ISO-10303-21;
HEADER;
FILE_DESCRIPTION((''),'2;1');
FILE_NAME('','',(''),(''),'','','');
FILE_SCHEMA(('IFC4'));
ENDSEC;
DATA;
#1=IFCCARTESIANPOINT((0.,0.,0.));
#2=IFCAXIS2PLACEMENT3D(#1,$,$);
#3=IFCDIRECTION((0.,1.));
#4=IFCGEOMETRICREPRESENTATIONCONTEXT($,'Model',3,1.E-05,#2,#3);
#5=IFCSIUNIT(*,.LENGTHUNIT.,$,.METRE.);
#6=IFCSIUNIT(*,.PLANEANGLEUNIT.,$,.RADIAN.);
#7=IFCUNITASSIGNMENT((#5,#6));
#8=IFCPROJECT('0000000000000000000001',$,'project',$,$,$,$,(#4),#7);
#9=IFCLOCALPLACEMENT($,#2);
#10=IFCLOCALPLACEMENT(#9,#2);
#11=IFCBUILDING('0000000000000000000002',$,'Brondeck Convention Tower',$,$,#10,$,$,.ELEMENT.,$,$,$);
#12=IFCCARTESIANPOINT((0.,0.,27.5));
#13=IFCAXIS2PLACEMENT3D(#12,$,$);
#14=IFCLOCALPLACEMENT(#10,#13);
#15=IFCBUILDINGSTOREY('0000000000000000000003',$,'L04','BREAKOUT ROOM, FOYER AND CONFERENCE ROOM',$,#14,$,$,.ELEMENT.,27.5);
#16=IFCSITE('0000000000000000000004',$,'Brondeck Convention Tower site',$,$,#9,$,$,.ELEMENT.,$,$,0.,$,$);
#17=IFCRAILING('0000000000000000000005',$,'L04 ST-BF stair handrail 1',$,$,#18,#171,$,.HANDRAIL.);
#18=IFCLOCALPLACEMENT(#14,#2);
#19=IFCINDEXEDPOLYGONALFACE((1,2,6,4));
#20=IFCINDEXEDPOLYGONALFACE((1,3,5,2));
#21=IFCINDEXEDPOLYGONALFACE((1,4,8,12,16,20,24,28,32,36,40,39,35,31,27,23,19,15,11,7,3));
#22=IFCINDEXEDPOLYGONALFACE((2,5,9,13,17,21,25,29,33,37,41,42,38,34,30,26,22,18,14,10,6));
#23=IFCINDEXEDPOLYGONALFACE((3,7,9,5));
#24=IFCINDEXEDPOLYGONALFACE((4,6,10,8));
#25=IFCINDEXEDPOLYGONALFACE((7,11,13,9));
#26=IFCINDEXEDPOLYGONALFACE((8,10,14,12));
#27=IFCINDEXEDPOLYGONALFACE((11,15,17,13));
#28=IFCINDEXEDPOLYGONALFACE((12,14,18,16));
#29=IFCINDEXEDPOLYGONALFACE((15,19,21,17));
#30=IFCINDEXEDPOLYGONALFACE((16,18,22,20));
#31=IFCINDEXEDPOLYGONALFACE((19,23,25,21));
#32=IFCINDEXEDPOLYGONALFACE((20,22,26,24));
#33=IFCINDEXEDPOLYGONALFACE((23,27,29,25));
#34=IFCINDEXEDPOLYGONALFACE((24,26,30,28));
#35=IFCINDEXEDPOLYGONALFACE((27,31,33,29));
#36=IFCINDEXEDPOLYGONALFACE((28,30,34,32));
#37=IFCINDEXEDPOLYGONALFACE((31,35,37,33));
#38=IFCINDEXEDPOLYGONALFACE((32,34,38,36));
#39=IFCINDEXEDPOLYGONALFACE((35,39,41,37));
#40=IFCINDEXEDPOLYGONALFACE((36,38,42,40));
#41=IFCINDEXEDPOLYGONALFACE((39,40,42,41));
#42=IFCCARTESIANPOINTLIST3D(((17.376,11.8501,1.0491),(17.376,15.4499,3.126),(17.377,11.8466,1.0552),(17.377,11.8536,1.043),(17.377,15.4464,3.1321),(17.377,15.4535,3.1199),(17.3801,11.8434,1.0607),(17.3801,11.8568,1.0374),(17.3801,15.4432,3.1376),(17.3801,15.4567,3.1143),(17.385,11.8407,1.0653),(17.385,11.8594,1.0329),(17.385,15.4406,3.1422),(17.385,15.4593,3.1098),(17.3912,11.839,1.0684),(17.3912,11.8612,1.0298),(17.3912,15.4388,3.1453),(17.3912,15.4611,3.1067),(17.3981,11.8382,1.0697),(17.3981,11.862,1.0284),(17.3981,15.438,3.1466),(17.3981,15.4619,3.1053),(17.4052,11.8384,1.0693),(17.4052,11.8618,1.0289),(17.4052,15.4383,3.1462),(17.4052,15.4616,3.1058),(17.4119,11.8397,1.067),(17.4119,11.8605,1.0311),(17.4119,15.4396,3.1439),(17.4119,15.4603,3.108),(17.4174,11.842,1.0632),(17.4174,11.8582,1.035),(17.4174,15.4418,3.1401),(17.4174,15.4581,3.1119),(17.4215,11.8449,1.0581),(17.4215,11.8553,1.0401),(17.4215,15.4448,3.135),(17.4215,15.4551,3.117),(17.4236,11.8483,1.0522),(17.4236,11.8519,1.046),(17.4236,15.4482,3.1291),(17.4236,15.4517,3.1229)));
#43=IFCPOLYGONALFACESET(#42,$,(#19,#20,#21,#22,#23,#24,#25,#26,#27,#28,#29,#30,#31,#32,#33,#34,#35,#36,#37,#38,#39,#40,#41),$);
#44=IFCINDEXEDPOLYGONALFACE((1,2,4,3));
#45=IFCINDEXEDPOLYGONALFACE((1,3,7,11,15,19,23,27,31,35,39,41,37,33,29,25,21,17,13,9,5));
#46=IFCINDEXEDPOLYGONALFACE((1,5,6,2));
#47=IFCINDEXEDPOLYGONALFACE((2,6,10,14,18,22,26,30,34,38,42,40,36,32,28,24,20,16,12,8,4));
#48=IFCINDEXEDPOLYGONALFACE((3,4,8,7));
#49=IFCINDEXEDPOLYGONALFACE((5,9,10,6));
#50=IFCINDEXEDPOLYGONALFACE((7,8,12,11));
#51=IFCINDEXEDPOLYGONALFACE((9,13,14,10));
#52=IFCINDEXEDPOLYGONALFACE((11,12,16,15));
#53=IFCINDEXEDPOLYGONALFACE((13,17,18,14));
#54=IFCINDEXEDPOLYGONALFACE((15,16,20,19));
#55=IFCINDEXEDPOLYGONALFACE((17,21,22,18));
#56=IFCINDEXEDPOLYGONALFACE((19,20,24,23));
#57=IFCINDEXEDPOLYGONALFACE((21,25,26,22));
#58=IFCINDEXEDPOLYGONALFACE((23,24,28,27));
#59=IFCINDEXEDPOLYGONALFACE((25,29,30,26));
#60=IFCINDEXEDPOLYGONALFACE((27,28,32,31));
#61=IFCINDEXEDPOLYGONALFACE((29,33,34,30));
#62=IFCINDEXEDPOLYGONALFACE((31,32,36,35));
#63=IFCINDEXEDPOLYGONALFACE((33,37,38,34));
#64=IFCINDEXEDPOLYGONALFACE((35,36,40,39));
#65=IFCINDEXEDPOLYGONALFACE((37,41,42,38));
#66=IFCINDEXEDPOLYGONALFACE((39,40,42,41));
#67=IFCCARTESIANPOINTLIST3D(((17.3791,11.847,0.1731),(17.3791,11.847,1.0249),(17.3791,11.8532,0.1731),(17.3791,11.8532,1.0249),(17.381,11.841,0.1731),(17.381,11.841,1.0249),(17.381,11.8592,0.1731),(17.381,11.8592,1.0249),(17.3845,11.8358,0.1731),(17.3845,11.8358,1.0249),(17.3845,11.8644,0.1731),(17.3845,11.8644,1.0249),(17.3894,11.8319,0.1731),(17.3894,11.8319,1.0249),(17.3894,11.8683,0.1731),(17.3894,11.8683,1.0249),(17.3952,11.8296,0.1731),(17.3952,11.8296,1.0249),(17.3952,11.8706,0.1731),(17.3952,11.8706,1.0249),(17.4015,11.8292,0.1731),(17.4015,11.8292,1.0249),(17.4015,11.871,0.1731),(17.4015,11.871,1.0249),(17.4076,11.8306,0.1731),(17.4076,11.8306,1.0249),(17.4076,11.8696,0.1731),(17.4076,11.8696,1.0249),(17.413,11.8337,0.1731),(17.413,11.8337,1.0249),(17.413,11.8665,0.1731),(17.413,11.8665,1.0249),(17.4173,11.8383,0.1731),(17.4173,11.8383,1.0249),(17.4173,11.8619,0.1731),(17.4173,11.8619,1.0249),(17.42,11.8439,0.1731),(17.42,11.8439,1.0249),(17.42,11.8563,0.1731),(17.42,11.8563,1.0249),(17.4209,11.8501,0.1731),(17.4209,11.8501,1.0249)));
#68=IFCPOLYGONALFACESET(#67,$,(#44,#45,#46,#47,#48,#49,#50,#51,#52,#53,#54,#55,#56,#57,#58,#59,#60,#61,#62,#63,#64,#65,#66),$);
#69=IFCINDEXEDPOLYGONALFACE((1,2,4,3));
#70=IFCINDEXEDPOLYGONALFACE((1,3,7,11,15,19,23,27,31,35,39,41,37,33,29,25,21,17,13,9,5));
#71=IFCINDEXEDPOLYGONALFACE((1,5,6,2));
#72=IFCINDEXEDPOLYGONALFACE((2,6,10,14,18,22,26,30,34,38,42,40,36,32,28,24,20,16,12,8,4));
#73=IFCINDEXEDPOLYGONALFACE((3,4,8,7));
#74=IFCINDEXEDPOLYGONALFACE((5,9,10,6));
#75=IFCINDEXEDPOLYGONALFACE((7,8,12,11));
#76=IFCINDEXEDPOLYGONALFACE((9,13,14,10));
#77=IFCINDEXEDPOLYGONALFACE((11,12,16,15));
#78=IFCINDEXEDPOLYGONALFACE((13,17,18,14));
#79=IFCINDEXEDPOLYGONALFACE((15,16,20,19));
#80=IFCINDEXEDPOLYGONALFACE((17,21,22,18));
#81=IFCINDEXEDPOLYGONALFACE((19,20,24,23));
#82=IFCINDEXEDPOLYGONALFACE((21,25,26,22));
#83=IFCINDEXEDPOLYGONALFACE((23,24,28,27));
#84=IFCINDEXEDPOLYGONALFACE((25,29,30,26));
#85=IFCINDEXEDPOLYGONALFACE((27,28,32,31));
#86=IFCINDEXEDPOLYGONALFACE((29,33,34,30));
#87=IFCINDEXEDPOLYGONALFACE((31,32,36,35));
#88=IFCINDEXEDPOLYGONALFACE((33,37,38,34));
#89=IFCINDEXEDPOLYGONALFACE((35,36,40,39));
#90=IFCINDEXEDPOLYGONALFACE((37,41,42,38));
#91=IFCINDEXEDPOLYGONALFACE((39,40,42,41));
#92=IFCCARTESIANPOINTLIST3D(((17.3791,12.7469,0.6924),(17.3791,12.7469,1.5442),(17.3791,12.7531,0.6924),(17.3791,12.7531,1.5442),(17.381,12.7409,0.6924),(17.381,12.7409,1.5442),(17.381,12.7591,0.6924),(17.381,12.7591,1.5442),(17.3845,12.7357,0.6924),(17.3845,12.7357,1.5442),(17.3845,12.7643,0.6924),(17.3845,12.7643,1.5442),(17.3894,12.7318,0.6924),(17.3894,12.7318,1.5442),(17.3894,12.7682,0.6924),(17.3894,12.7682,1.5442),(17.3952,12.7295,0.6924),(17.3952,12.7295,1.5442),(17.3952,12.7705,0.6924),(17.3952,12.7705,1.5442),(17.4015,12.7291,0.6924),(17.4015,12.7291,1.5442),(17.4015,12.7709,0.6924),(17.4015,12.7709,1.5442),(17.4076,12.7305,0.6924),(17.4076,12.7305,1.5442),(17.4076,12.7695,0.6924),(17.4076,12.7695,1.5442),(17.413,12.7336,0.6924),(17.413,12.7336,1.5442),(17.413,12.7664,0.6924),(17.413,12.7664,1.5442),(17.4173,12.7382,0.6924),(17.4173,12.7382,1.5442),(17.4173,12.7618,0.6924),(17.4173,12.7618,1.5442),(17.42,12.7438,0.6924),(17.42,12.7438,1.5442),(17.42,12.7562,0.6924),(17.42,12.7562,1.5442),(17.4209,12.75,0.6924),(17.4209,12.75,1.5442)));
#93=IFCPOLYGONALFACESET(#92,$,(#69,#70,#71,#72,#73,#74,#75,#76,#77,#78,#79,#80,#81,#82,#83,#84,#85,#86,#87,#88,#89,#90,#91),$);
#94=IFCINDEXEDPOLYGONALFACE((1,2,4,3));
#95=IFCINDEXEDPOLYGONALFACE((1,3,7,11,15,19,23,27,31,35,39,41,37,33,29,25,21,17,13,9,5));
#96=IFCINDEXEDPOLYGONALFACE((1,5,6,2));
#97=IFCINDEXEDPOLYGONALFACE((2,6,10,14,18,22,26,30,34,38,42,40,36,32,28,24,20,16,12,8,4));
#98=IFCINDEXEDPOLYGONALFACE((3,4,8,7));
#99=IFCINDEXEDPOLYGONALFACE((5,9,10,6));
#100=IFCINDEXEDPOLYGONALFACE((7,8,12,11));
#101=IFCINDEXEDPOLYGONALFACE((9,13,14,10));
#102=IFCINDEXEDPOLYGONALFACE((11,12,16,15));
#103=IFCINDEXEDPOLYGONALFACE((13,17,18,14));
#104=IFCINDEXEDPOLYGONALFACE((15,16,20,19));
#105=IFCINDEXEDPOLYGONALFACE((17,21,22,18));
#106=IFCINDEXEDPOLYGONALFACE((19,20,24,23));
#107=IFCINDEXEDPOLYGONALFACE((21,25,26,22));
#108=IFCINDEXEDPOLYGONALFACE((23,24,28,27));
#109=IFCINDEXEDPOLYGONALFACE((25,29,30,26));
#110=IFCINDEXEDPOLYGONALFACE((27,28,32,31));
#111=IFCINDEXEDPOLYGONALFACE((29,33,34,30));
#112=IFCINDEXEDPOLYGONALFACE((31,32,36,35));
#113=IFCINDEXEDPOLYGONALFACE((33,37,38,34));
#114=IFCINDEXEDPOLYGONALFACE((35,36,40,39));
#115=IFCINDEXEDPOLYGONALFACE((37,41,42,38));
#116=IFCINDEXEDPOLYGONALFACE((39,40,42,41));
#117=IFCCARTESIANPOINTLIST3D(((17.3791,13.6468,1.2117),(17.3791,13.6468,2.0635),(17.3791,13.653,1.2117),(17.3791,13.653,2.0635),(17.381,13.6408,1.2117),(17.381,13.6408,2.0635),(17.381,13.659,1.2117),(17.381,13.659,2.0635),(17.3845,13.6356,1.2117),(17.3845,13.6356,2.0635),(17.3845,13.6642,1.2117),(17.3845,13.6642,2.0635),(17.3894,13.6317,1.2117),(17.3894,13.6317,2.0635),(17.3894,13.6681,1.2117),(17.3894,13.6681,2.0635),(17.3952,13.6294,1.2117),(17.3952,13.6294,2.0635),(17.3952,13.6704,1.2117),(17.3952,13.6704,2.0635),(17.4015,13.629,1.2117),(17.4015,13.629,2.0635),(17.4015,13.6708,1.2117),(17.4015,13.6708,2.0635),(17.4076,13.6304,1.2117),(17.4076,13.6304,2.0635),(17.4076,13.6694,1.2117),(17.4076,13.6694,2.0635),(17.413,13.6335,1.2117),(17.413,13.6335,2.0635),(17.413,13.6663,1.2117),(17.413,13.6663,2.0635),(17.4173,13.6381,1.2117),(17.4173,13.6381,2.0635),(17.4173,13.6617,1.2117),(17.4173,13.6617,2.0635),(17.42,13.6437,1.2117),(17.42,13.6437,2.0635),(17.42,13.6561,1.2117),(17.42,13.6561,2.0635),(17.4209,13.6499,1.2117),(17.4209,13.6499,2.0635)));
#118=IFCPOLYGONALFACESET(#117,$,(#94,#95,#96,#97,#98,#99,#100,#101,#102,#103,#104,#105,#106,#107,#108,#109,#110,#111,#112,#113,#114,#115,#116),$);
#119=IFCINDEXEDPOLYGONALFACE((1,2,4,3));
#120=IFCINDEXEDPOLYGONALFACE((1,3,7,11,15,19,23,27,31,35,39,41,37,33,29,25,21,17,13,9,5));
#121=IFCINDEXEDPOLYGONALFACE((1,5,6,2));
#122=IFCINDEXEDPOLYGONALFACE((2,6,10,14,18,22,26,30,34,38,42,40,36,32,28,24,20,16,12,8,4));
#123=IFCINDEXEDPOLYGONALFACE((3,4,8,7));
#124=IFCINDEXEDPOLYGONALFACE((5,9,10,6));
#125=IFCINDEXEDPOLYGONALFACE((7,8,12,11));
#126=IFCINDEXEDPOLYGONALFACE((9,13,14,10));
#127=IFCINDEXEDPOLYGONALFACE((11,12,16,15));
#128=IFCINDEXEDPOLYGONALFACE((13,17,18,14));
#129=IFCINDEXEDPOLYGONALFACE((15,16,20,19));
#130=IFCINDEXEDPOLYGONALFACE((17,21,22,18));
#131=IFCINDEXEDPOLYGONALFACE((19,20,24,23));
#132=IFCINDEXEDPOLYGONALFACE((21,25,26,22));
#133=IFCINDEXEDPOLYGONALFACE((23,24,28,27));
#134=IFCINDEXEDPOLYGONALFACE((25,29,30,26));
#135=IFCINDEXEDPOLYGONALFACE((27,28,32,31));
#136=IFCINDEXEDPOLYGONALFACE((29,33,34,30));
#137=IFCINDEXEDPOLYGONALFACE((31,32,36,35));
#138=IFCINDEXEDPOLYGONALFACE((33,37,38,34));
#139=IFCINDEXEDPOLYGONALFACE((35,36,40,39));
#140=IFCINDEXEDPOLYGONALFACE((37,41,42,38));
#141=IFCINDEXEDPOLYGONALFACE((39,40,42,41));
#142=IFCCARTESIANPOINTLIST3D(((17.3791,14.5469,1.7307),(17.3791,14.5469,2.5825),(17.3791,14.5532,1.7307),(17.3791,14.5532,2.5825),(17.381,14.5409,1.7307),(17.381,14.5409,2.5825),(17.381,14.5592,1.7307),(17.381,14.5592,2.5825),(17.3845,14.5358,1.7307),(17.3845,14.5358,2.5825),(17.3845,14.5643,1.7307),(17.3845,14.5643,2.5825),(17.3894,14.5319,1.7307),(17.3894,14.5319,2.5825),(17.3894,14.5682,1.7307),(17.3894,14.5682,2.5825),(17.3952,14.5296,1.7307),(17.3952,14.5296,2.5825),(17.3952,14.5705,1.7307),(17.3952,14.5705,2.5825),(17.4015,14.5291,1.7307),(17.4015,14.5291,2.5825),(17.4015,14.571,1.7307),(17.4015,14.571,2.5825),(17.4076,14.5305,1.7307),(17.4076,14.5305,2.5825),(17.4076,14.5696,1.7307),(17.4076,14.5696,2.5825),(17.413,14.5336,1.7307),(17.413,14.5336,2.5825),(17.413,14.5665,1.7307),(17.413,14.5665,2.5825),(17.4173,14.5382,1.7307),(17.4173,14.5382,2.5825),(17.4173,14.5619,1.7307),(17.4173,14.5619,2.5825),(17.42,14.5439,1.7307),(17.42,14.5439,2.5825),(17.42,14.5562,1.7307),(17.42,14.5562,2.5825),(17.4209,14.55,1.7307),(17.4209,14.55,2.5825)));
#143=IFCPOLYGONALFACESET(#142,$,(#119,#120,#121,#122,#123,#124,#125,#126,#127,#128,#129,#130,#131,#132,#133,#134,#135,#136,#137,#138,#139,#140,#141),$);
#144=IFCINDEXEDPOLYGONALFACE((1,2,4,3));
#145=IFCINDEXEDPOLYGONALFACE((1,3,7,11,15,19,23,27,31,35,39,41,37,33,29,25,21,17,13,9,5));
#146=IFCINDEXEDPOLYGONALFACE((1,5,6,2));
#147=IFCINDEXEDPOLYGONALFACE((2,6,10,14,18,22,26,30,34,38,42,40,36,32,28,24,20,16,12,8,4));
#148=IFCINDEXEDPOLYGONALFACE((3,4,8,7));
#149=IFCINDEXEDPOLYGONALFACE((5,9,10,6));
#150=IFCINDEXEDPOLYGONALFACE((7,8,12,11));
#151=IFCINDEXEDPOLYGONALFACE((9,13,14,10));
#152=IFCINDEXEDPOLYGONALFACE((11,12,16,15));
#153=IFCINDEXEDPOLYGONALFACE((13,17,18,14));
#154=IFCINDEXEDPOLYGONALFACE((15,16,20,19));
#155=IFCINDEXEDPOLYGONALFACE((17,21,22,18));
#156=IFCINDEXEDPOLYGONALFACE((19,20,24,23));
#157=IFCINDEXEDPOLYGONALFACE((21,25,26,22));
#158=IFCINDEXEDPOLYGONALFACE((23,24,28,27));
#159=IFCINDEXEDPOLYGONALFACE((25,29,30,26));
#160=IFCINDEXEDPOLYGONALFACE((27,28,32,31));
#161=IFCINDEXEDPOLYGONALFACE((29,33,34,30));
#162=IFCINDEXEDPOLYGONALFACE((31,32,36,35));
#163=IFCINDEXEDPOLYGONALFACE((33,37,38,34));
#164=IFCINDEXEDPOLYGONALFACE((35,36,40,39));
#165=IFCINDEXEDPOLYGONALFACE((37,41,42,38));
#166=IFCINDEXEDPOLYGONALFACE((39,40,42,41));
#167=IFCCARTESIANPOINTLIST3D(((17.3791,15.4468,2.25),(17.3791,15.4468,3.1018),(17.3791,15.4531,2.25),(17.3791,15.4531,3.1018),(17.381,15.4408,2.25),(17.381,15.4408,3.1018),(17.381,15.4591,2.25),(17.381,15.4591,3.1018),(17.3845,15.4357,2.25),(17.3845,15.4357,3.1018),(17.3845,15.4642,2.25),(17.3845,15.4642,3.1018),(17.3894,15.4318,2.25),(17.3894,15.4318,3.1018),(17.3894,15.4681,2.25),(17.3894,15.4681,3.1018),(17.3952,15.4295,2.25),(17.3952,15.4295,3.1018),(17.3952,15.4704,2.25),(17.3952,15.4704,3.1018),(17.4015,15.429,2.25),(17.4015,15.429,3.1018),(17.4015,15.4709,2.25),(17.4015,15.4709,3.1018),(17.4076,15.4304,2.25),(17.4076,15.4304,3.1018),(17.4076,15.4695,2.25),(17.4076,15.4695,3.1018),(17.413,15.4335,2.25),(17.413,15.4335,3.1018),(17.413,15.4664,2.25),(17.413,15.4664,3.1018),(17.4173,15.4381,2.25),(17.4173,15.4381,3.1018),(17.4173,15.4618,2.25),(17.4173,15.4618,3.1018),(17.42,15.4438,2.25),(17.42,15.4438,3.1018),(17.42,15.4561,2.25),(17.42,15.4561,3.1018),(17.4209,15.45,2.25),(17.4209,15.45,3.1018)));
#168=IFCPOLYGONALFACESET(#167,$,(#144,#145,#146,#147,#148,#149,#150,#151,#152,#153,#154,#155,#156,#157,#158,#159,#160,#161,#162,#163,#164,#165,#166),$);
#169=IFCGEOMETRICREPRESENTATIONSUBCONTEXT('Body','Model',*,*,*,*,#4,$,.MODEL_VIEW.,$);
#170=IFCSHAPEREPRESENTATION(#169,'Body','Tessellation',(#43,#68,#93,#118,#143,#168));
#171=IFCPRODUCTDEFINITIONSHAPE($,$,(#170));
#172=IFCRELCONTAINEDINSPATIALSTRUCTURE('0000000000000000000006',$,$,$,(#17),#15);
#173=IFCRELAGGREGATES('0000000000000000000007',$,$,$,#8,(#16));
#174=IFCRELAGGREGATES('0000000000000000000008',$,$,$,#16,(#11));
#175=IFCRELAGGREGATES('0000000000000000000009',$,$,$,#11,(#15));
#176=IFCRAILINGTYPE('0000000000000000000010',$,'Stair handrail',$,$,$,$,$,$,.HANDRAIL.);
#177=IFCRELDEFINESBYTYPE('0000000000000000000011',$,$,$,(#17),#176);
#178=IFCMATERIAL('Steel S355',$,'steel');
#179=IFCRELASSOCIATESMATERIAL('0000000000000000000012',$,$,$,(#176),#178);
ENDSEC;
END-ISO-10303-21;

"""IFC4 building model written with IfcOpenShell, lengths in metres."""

from ifc_helpers import new_model, si_unit, direction, frame, origin, origin_2d, place, context, subcontext, project, spatial, circle, extrude, material, type_object, element, save


model = new_model("IFC4")

# Units and contexts
model_context = context("Model", 3, precision=1e-05, world=origin(), true_north=direction((0.0, 1.0)))
body_context = subcontext(model_context, "Body", "Model", "MODEL_VIEW")
ifc_project = project(units=[si_unit("LENGTHUNIT", "METRE"), si_unit("PLANEANGLEUNIT", "RADIAN")], contexts=[model_context])

# Site, building, storey
site_placement = place(None, origin())
site = spatial("IfcSite", under=ifc_project, at=site_placement, Name="Brondeck Convention Tower site", CompositionType="ELEMENT", RefElevation=0.0)
building_placement = place(site_placement, origin())
building = spatial("IfcBuilding", under=site, at=building_placement, Name="Brondeck Convention Tower", CompositionType="ELEMENT")
storey_placement = place(building_placement, frame((0.0, 0.0, 27.5)))
storey = spatial("IfcBuildingStorey", under=building, at=storey_placement, Name="L04", Description="BREAKOUT ROOM, FOYER AND CONFERENCE ROOM", CompositionType="ELEMENT", Elevation=27.5)

# Shared definitions
ifc_material_1 = material(Name="Steel S355", Category="steel")

# Railing
railing_type_1 = type_object("IfcRailingType", Name="Stair handrail", PredefinedType="HANDRAIL", material=ifc_material_1)
railing_1_placement = place(storey_placement, frame((17.3999, 11.8501, 0.1731)))
element("IfcRailing", 1, at=railing_1_placement, inside=storey, type_object=railing_type_1, Name="L04 ST-BF stair handrail 1", PredefinedType="HANDRAIL", context=body_context, shape_type="SweptSolid", body=[
    extrude(circle(Radius=0.0239, at=origin_2d()), frame((0.0, 0.0, 0.876), z_axis=(0.0, 0.866179, 0.499734), x_axis=(-1.0, 0.0, 0.0)), (0.0, 0.0, 1.0), 4.156),
    extrude(circle(Radius=0.021, at=origin_2d()), origin(), (0.0, 0.0, 1.0), 0.8518),
    extrude(circle(Radius=0.021, at=origin_2d()), frame((0.0, 0.8999, 0.5193)), (0.0, 0.0, 1.0), 0.8518),
    extrude(circle(Radius=0.021, at=origin_2d()), frame((0.0, 1.7998, 1.0386)), (0.0, 0.0, 1.0), 0.8518),
    extrude(circle(Radius=0.021, at=origin_2d()), frame((0.0, 2.7, 1.5576)), (0.0, 0.0, 1.0), 0.8518),
    extrude(circle(Radius=0.021, at=origin_2d()), frame((0.0, 3.5999, 2.0769)), (0.0, 0.0, 1.0), 0.8518),
])

save(model, "model.ifc")
